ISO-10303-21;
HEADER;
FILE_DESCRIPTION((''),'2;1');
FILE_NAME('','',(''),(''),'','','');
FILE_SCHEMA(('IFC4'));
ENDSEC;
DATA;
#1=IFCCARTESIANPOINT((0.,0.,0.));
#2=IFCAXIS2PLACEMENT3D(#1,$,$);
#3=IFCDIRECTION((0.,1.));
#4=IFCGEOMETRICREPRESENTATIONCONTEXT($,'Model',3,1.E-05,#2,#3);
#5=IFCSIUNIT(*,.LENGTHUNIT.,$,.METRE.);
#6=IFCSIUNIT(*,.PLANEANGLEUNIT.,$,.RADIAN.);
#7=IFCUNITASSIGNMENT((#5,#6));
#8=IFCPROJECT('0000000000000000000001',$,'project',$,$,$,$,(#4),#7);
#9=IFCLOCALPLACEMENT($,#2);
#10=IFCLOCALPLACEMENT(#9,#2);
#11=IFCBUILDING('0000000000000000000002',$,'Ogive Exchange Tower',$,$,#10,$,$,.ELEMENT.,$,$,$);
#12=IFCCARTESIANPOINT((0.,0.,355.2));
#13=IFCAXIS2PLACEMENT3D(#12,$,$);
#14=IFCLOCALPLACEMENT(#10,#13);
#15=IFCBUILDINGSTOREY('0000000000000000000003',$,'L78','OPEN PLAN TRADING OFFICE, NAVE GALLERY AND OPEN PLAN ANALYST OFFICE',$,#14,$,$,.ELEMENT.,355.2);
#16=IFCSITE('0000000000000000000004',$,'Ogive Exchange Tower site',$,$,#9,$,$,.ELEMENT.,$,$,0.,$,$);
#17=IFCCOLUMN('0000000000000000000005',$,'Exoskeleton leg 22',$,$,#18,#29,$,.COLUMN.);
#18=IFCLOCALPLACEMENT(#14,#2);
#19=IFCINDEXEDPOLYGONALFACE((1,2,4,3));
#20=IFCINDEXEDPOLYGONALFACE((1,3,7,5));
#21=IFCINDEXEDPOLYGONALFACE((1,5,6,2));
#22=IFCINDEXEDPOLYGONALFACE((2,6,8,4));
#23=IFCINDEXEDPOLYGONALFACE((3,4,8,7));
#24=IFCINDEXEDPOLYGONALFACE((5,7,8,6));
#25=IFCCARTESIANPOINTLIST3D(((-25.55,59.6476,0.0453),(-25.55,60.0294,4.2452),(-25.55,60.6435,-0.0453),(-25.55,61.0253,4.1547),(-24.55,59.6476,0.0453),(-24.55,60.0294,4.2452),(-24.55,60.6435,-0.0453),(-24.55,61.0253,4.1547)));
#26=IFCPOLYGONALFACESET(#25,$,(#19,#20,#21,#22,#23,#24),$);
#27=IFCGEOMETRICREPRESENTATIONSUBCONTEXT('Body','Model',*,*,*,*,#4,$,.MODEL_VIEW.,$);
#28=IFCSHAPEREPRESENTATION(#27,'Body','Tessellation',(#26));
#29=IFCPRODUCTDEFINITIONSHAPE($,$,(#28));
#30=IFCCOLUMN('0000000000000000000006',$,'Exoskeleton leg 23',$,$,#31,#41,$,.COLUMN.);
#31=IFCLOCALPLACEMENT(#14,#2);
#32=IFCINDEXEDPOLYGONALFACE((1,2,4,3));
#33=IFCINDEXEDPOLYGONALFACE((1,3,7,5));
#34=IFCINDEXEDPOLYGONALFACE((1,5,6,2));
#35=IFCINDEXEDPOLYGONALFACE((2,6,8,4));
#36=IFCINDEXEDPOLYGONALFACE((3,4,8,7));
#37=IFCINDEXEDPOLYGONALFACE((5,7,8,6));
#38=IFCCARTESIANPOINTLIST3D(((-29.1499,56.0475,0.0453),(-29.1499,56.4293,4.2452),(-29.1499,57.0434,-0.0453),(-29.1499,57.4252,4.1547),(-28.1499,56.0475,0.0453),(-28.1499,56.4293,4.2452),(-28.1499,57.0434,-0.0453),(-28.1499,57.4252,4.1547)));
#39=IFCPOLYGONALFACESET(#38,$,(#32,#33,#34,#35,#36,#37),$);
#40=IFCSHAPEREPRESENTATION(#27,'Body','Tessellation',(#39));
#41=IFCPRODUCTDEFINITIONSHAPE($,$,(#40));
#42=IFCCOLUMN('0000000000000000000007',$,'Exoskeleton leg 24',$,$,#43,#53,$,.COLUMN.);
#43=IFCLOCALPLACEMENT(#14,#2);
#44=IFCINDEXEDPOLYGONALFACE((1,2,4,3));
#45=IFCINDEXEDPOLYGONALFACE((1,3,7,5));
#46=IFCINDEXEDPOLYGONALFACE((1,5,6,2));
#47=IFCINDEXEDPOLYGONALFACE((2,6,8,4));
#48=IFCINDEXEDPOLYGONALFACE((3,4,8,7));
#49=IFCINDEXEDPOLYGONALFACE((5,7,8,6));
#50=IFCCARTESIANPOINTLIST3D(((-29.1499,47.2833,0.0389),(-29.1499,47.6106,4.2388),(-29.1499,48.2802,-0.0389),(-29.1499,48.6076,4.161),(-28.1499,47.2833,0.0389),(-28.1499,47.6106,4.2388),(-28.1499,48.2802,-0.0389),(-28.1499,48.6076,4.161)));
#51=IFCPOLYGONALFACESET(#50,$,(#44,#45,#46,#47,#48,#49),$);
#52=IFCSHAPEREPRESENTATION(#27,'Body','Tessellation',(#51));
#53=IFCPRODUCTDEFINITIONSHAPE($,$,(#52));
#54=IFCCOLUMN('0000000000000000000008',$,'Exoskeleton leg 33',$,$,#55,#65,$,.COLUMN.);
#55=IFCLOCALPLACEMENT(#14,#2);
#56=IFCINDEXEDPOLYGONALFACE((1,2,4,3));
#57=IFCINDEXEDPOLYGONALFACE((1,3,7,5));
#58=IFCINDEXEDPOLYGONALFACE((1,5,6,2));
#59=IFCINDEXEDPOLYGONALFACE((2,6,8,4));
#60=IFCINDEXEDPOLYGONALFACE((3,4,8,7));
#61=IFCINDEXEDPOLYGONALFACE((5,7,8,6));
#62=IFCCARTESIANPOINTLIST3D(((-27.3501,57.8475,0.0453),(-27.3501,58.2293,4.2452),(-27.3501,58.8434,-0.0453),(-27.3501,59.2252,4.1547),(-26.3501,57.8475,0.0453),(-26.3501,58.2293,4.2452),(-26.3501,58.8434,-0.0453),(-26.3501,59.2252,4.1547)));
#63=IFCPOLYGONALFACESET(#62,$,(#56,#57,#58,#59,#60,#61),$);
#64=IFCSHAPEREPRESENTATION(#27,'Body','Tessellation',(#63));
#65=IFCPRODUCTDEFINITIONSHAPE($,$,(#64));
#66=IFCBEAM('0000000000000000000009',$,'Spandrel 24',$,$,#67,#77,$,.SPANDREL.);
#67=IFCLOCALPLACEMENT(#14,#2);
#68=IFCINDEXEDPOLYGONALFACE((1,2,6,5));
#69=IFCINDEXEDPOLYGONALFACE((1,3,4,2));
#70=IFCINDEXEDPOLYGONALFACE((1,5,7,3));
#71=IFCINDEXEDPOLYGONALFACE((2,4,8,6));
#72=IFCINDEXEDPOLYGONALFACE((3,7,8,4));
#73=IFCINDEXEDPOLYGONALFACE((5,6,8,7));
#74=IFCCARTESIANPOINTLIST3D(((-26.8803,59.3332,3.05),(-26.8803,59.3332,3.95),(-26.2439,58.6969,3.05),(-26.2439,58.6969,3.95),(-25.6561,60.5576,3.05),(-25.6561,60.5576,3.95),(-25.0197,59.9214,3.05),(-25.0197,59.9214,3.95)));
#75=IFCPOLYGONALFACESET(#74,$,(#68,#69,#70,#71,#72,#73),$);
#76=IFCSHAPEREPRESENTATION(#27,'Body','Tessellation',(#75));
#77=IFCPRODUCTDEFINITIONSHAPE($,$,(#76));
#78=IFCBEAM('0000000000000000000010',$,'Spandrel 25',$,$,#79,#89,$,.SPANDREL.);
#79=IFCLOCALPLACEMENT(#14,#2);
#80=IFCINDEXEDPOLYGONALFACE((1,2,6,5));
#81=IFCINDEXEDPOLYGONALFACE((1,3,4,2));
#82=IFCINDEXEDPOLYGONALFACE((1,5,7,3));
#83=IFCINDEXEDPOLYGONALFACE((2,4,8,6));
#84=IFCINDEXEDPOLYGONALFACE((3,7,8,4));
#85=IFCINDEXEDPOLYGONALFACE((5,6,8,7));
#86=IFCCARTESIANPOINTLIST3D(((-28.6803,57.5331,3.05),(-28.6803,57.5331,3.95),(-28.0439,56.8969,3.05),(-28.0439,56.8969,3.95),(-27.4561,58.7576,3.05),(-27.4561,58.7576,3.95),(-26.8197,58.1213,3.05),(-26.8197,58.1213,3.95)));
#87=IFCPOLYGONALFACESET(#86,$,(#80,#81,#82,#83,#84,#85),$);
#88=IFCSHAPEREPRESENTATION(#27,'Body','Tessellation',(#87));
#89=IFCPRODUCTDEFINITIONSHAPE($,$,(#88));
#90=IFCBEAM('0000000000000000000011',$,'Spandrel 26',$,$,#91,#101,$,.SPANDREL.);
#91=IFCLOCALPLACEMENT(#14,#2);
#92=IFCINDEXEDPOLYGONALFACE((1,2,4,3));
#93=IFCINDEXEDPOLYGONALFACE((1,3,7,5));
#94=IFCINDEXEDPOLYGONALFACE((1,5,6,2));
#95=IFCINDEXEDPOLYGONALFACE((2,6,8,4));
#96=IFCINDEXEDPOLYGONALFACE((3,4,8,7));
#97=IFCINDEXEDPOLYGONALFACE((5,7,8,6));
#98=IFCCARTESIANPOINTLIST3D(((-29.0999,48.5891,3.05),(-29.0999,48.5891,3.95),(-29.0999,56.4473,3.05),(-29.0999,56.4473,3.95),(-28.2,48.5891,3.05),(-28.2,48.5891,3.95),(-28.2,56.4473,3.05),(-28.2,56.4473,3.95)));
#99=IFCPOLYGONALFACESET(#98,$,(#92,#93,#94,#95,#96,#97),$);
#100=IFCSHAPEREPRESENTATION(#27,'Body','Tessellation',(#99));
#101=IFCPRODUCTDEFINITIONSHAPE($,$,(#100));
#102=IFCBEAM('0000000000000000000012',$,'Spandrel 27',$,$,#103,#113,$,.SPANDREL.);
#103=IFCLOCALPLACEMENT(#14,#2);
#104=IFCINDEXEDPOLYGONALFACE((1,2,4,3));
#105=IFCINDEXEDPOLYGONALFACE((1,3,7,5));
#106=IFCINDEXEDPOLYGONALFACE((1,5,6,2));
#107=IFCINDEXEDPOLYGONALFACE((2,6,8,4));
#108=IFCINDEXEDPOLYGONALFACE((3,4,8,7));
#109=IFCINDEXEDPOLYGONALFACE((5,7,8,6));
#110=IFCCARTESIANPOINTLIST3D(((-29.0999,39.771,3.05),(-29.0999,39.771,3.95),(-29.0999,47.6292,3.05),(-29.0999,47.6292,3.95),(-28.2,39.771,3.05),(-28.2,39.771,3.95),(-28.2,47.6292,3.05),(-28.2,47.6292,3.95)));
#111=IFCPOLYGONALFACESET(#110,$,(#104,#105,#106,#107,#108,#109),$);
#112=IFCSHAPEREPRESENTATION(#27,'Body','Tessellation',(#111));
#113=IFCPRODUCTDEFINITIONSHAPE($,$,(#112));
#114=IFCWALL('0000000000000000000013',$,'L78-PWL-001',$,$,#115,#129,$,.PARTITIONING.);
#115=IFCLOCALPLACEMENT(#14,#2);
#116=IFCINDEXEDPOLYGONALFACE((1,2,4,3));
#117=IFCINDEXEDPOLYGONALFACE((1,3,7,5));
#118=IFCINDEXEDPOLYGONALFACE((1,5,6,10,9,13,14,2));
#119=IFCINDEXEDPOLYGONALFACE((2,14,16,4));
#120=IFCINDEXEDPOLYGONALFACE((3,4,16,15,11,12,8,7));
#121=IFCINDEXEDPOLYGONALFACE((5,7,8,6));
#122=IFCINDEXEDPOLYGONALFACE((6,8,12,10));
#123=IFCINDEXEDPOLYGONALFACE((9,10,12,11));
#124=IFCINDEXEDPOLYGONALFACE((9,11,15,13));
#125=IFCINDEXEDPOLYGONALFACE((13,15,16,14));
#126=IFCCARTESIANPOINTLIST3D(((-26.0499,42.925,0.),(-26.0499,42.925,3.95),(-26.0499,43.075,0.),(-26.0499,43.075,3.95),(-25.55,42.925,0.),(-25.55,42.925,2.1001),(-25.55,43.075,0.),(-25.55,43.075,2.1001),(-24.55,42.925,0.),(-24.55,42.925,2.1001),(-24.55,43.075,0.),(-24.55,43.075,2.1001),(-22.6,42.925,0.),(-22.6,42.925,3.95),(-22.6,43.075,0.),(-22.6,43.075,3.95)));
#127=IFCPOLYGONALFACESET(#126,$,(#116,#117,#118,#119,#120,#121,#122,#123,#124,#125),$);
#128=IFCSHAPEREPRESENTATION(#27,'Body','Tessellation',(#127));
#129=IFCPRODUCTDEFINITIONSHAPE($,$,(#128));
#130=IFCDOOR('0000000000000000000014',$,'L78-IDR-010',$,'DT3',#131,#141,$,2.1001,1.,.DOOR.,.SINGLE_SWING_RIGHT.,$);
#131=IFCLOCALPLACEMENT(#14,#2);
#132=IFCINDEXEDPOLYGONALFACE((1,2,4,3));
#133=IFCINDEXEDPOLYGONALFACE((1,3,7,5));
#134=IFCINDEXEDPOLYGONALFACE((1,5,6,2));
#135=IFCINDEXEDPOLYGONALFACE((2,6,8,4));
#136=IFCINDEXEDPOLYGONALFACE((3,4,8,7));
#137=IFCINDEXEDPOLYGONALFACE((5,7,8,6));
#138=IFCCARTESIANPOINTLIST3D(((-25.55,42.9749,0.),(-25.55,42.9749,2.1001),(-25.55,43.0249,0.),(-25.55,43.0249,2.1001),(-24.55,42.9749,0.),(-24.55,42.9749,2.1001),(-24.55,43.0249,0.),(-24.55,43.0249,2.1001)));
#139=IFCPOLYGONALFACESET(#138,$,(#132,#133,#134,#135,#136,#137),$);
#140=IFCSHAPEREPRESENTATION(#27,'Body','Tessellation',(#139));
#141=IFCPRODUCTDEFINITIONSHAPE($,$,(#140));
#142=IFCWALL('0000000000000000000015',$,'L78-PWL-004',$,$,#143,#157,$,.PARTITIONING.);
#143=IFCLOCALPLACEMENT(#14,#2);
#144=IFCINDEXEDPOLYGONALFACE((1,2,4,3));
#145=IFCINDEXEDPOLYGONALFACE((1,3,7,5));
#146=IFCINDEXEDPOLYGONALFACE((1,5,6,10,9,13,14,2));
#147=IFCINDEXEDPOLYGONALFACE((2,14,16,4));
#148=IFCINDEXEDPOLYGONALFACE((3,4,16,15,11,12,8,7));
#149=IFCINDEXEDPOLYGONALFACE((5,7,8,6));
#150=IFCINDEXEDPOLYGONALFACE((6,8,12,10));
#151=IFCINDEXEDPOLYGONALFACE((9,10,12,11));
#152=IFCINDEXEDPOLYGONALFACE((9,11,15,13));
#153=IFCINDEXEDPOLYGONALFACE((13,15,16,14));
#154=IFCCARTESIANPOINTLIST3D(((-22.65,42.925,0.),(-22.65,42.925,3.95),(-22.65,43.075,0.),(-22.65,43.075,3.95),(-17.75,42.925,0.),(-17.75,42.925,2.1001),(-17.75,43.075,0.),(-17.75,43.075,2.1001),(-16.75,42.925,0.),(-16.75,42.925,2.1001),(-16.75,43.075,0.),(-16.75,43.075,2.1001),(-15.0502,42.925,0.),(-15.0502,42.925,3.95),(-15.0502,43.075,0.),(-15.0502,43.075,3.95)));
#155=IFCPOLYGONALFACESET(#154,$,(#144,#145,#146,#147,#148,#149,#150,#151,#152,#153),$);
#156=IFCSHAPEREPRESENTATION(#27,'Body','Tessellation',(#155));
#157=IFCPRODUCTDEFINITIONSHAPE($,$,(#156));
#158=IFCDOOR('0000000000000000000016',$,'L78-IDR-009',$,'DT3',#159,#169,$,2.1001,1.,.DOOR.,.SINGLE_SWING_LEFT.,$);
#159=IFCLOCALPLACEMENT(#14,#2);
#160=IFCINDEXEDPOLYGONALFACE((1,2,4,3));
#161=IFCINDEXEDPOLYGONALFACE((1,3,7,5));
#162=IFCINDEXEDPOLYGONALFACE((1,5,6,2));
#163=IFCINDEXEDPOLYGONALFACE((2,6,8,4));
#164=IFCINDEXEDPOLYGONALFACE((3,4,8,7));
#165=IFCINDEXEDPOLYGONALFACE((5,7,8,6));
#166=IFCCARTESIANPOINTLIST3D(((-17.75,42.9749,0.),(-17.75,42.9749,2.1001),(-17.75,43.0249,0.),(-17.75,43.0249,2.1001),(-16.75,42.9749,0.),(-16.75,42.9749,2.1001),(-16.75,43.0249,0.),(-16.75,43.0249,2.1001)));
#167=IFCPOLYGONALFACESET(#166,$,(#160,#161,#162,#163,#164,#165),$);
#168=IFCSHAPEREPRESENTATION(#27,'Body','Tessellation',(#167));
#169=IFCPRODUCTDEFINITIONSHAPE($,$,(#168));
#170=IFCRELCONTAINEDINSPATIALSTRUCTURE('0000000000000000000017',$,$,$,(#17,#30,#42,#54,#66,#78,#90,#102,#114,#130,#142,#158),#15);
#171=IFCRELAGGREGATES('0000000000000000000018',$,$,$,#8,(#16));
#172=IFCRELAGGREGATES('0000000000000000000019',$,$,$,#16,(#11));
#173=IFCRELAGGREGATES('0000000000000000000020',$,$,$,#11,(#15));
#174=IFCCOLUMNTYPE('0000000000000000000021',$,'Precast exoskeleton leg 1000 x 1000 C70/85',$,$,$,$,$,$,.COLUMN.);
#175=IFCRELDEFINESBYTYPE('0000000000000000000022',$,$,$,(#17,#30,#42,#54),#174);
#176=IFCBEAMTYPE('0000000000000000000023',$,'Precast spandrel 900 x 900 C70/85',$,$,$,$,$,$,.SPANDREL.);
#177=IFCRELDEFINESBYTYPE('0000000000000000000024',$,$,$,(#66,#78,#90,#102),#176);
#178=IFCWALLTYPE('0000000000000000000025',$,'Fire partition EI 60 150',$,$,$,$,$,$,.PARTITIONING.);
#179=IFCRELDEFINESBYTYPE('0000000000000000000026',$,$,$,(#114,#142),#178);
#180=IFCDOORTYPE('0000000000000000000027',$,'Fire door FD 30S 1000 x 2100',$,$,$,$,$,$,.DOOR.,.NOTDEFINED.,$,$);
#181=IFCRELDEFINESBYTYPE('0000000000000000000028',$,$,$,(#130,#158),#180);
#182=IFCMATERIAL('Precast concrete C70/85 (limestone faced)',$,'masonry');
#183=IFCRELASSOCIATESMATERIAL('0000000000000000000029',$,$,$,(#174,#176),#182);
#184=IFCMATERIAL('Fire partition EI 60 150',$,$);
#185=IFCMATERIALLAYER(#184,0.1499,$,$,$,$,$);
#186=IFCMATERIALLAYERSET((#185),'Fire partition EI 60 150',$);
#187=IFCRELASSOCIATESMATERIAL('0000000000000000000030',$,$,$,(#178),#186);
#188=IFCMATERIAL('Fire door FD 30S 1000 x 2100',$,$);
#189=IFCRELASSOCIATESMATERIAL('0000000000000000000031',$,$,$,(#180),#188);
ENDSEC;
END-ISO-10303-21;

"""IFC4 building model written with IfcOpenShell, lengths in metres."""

from ifc_helpers import new_model, si_unit, direction, frame, frame_2d, origin, origin_2d, place, context, subcontext, project, spatial, rectangle, extrude, material, layer, layer_set, material_profile, profile_set, type_object, element, fill, save


model = new_model("IFC4")

# Units and contexts
model_context = context("Model", 3, precision=1e-05, world=origin(), true_north=direction((0.0, 1.0)))
body_context = subcontext(model_context, "Body", "Model", "MODEL_VIEW")
ifc_project = project(units=[si_unit("LENGTHUNIT", "METRE"), si_unit("PLANEANGLEUNIT", "RADIAN")], contexts=[model_context])

# Site, building, storey
site_placement = place(None, origin())
site = spatial("IfcSite", under=ifc_project, at=site_placement, Name="Ogive Exchange Tower site", CompositionType="ELEMENT", RefElevation=0.0)
building_placement = place(site_placement, origin())
building = spatial("IfcBuilding", under=site, at=building_placement, Name="Ogive Exchange Tower", CompositionType="ELEMENT")
storey_placement = place(building_placement, frame((0.0, 0.0, 355.2)))
storey = spatial("IfcBuildingStorey", under=building, at=storey_placement, Name="L78", Description="OPEN PLAN TRADING OFFICE, NAVE GALLERY AND OPEN PLAN ANALYST OFFICE", CompositionType="ELEMENT", Elevation=355.2)

# Columns
ifc_material_1 = material(Name="Precast concrete C70/85 (limestone faced)", Category="masonry")
ifc_material_profile_1 = material_profile(ifc_material_1, rectangle(XDim=1.0, YDim=1.0, at=origin_2d()), Name="1000 x 1000")
ifc_profile_set_1 = profile_set([ifc_material_profile_1], Name="Precast concrete C70/85 (limestone faced)")
column_type = type_object("IfcColumnType", Name="Precast exoskeleton leg 1000 x 1000 C70/85", PredefinedType="COLUMN", material=ifc_profile_set_1)
for number, where, z_axis, x_axis, name in (
    (1, (-25.05, 60.1455, 0.0), (0.0, 0.090541, 0.995893), (-1.0, 0.0, 0.0), "Exoskeleton leg 22"),
    (2, (-28.6499, 56.5454, 0.0), (0.0, 0.090541, 0.995893), (-1.0, 0.0, 0.0), "Exoskeleton leg 23"),
):
    element("IfcColumn", number, at=place(storey_placement, frame(where, z_axis=z_axis, x_axis=x_axis)), inside=storey, type_object=column_type, Name=name, PredefinedType="COLUMN", context=body_context, shape_type="SweptSolid", body=[
        extrude(rectangle(XDim=1.0, YDim=1.0, at=origin_2d()), origin(), (0.0, 0.0, 1.0), 4.2173),
    ])
column_1_placement = place(storey_placement, frame((-28.6499, 47.7817, 0.0), z_axis=(0.0, 0.077716, 0.996976), x_axis=(-1.0, 0.0, 0.0)))
element("IfcColumn", 3, at=column_1_placement, inside=storey, type_object=column_type, Name="Exoskeleton leg 24", PredefinedType="COLUMN", context=body_context, shape_type="SweptSolid", body=[
    extrude(rectangle(XDim=1.0, YDim=1.0, at=origin_2d()), origin(), (0.0, 0.0, 1.0), 4.2126),
])
column_2_placement = place(storey_placement, frame((-26.8501, 58.3455, 0.0), z_axis=(0.0, 0.090541, 0.995893), x_axis=(-1.0, 0.0, 0.0)))
element("IfcColumn", 4, at=column_2_placement, inside=storey, type_object=column_type, Name="Exoskeleton leg 33", PredefinedType="COLUMN", context=body_context, shape_type="SweptSolid", body=[
    extrude(rectangle(XDim=1.0, YDim=1.0, at=origin_2d()), origin(), (0.0, 0.0, 1.0), 4.2173),
])

# Beams
ifc_material_profile_2 = material_profile(ifc_material_1, rectangle(XDim=0.8999, YDim=0.8999, at=origin_2d()), Name="900 x 900")
ifc_profile_set_2 = profile_set([ifc_material_profile_2], Name="Precast concrete C70/85 (limestone faced)")
beam_type = type_object("IfcBeamType", Name="Precast spandrel 900 x 900 C70/85", PredefinedType="SPANDREL", material=ifc_profile_set_2)
for number, where, z_axis, x_axis, name in (
    (5, (-25.3379, 60.2395, 3.5), (-0.707036, -0.707177, 0.0), (0.707177, -0.707036, 0.0), "Spandrel 24"),
    (6, (-27.1379, 58.4395, 3.5), (-0.707036, -0.707177, 0.0), (0.707177, -0.707036, 0.0), "Spandrel 25"),
):
    element("IfcBeam", number, at=place(storey_placement, frame(where, z_axis=z_axis, x_axis=x_axis)), inside=storey, type_object=beam_type, Name=name, PredefinedType="SPANDREL", context=body_context, shape_type="SweptSolid", body=[
        extrude(rectangle(XDim=0.8999, YDim=0.8999, at=origin_2d()), origin(), (0.0, 0.0, 1.0), 1.7314),
    ])
for number, where, z_axis, x_axis, name in (
    (7, (-28.6499, 56.4473, 3.5), (0.0, -1.0, 0.0), (1.0, 0.0, 0.0), "Spandrel 26"),
    (8, (-28.6499, 47.6292, 3.5), (0.0, -1.0, 0.0), (1.0, 0.0, 0.0), "Spandrel 27"),
):
    element("IfcBeam", number, at=place(storey_placement, frame(where, z_axis=z_axis, x_axis=x_axis)), inside=storey, type_object=beam_type, Name=name, PredefinedType="SPANDREL", context=body_context, shape_type="SweptSolid", body=[
        extrude(rectangle(XDim=0.8999, YDim=0.8999, at=origin_2d()), origin(), (0.0, 0.0, 1.0), 7.8582),
    ])

# Walls, openings, doors
ifc_material_2 = material(Name="Fire partition EI 60 150")
ifc_layer_1 = layer(ifc_material_2, 0.1499)
ifc_layer_set_1 = layer_set([ifc_layer_1], Name="Fire partition EI 60 150")
wall_type_1 = type_object("IfcWallType", Name="Fire partition EI 60 150", PredefinedType="PARTITIONING", material=ifc_layer_set_1)
wall_1_placement = place(storey_placement, frame((-26.05, 43.0, 0.0), z_axis=(0.0, 0.0, 1.0), x_axis=(1.0, 0.0, 0.0)))
wall_1 = element("IfcWall", 9, at=wall_1_placement, inside=storey, type_object=wall_type_1, Name="L78-PWL-001", PredefinedType="PARTITIONING", context=body_context, shape_type="SweptSolid", body=[
    extrude(rectangle(XDim=3.45, YDim=0.1499, at=frame_2d((1.7251, 0.0))), origin(), (0.0, 0.0, 1.0), 3.95),
])
opening_1_placement = place(wall_1_placement, frame((0.5, 0.0, 0.0)))
opening_1 = element("IfcOpeningElement", 10, at=opening_1_placement, cuts=wall_1, PredefinedType="OPENING", context=body_context, shape_type="SweptSolid", body=[
    extrude(rectangle(XDim=1.0, YDim=2.1001, at=frame_2d((0.5, 1.05))), frame((0.0, 0.085, 0.0), z_axis=(0.0, -1.0, 0.0), x_axis=(1.0, 0.0, 0.0)), (0.0, 0.0, 1.0), 0.1699),
])
ifc_material_3 = material(Name="Fire door FD 30S 1000 x 2100")
door_type_1 = type_object("IfcDoorType", Name="Fire door FD 30S 1000 x 2100", OperationType="NOTDEFINED", PredefinedType="DOOR", material=ifc_material_3)
door_1_placement = place(opening_1_placement, origin())
door_1 = element("IfcDoor", 11, at=door_1_placement, inside=storey, type_object=door_type_1, Name="L78-IDR-010", ObjectType="DT3", OperationType="SINGLE_SWING_RIGHT", OverallHeight=2.1001, OverallWidth=1.0, PredefinedType="DOOR", context=body_context, shape_type="SweptSolid", body=[
    extrude(rectangle(XDim=1.0, YDim=2.1001, at=frame_2d((0.5, 1.05))), frame((0.0, 0.0249, 0.0), z_axis=(0.0, -1.0, 0.0), x_axis=(1.0, 0.0, 0.0)), (0.0, 0.0, 1.0), 0.05),
])
fill(opening_1, door_1)
wall_2_placement = place(storey_placement, frame((-22.6499, 43.0, 0.0), z_axis=(0.0, 0.0, 1.0), x_axis=(1.0, 0.0, 0.0)))
wall_2 = element("IfcWall", 12, at=wall_2_placement, inside=storey, type_object=wall_type_1, Name="L78-PWL-004", PredefinedType="PARTITIONING", context=body_context, shape_type="SweptSolid", body=[
    extrude(rectangle(XDim=7.5999, YDim=0.1499, at=frame_2d((3.7998, 0.0))), origin(), (0.0, 0.0, 1.0), 3.95),
])
opening_2_placement = place(wall_2_placement, frame((4.8999, 0.0, 0.0)))
opening_2 = element("IfcOpeningElement", 13, at=opening_2_placement, cuts=wall_2, PredefinedType="OPENING", context=body_context, shape_type="SweptSolid", body=[
    extrude(rectangle(XDim=1.0, YDim=2.1001, at=frame_2d((0.5, 1.05))), frame((0.0, 0.085, 0.0), z_axis=(0.0, -1.0, 0.0), x_axis=(1.0, 0.0, 0.0)), (0.0, 0.0, 1.0), 0.1699),
])
door_2_placement = place(opening_2_placement, origin())
door_2 = element("IfcDoor", 14, at=door_2_placement, inside=storey, type_object=door_type_1, Name="L78-IDR-009", ObjectType="DT3", OperationType="SINGLE_SWING_LEFT", OverallHeight=2.1001, OverallWidth=1.0, PredefinedType="DOOR", context=body_context, shape_type="SweptSolid", body=[
    extrude(rectangle(XDim=1.0, YDim=2.1001, at=frame_2d((0.5, 1.05))), frame((0.0, 0.0249, 0.0), z_axis=(0.0, -1.0, 0.0), x_axis=(1.0, 0.0, 0.0)), (0.0, 0.0, 1.0), 0.05),
])
fill(opening_2, door_2)

save(model, "model.ifc")
